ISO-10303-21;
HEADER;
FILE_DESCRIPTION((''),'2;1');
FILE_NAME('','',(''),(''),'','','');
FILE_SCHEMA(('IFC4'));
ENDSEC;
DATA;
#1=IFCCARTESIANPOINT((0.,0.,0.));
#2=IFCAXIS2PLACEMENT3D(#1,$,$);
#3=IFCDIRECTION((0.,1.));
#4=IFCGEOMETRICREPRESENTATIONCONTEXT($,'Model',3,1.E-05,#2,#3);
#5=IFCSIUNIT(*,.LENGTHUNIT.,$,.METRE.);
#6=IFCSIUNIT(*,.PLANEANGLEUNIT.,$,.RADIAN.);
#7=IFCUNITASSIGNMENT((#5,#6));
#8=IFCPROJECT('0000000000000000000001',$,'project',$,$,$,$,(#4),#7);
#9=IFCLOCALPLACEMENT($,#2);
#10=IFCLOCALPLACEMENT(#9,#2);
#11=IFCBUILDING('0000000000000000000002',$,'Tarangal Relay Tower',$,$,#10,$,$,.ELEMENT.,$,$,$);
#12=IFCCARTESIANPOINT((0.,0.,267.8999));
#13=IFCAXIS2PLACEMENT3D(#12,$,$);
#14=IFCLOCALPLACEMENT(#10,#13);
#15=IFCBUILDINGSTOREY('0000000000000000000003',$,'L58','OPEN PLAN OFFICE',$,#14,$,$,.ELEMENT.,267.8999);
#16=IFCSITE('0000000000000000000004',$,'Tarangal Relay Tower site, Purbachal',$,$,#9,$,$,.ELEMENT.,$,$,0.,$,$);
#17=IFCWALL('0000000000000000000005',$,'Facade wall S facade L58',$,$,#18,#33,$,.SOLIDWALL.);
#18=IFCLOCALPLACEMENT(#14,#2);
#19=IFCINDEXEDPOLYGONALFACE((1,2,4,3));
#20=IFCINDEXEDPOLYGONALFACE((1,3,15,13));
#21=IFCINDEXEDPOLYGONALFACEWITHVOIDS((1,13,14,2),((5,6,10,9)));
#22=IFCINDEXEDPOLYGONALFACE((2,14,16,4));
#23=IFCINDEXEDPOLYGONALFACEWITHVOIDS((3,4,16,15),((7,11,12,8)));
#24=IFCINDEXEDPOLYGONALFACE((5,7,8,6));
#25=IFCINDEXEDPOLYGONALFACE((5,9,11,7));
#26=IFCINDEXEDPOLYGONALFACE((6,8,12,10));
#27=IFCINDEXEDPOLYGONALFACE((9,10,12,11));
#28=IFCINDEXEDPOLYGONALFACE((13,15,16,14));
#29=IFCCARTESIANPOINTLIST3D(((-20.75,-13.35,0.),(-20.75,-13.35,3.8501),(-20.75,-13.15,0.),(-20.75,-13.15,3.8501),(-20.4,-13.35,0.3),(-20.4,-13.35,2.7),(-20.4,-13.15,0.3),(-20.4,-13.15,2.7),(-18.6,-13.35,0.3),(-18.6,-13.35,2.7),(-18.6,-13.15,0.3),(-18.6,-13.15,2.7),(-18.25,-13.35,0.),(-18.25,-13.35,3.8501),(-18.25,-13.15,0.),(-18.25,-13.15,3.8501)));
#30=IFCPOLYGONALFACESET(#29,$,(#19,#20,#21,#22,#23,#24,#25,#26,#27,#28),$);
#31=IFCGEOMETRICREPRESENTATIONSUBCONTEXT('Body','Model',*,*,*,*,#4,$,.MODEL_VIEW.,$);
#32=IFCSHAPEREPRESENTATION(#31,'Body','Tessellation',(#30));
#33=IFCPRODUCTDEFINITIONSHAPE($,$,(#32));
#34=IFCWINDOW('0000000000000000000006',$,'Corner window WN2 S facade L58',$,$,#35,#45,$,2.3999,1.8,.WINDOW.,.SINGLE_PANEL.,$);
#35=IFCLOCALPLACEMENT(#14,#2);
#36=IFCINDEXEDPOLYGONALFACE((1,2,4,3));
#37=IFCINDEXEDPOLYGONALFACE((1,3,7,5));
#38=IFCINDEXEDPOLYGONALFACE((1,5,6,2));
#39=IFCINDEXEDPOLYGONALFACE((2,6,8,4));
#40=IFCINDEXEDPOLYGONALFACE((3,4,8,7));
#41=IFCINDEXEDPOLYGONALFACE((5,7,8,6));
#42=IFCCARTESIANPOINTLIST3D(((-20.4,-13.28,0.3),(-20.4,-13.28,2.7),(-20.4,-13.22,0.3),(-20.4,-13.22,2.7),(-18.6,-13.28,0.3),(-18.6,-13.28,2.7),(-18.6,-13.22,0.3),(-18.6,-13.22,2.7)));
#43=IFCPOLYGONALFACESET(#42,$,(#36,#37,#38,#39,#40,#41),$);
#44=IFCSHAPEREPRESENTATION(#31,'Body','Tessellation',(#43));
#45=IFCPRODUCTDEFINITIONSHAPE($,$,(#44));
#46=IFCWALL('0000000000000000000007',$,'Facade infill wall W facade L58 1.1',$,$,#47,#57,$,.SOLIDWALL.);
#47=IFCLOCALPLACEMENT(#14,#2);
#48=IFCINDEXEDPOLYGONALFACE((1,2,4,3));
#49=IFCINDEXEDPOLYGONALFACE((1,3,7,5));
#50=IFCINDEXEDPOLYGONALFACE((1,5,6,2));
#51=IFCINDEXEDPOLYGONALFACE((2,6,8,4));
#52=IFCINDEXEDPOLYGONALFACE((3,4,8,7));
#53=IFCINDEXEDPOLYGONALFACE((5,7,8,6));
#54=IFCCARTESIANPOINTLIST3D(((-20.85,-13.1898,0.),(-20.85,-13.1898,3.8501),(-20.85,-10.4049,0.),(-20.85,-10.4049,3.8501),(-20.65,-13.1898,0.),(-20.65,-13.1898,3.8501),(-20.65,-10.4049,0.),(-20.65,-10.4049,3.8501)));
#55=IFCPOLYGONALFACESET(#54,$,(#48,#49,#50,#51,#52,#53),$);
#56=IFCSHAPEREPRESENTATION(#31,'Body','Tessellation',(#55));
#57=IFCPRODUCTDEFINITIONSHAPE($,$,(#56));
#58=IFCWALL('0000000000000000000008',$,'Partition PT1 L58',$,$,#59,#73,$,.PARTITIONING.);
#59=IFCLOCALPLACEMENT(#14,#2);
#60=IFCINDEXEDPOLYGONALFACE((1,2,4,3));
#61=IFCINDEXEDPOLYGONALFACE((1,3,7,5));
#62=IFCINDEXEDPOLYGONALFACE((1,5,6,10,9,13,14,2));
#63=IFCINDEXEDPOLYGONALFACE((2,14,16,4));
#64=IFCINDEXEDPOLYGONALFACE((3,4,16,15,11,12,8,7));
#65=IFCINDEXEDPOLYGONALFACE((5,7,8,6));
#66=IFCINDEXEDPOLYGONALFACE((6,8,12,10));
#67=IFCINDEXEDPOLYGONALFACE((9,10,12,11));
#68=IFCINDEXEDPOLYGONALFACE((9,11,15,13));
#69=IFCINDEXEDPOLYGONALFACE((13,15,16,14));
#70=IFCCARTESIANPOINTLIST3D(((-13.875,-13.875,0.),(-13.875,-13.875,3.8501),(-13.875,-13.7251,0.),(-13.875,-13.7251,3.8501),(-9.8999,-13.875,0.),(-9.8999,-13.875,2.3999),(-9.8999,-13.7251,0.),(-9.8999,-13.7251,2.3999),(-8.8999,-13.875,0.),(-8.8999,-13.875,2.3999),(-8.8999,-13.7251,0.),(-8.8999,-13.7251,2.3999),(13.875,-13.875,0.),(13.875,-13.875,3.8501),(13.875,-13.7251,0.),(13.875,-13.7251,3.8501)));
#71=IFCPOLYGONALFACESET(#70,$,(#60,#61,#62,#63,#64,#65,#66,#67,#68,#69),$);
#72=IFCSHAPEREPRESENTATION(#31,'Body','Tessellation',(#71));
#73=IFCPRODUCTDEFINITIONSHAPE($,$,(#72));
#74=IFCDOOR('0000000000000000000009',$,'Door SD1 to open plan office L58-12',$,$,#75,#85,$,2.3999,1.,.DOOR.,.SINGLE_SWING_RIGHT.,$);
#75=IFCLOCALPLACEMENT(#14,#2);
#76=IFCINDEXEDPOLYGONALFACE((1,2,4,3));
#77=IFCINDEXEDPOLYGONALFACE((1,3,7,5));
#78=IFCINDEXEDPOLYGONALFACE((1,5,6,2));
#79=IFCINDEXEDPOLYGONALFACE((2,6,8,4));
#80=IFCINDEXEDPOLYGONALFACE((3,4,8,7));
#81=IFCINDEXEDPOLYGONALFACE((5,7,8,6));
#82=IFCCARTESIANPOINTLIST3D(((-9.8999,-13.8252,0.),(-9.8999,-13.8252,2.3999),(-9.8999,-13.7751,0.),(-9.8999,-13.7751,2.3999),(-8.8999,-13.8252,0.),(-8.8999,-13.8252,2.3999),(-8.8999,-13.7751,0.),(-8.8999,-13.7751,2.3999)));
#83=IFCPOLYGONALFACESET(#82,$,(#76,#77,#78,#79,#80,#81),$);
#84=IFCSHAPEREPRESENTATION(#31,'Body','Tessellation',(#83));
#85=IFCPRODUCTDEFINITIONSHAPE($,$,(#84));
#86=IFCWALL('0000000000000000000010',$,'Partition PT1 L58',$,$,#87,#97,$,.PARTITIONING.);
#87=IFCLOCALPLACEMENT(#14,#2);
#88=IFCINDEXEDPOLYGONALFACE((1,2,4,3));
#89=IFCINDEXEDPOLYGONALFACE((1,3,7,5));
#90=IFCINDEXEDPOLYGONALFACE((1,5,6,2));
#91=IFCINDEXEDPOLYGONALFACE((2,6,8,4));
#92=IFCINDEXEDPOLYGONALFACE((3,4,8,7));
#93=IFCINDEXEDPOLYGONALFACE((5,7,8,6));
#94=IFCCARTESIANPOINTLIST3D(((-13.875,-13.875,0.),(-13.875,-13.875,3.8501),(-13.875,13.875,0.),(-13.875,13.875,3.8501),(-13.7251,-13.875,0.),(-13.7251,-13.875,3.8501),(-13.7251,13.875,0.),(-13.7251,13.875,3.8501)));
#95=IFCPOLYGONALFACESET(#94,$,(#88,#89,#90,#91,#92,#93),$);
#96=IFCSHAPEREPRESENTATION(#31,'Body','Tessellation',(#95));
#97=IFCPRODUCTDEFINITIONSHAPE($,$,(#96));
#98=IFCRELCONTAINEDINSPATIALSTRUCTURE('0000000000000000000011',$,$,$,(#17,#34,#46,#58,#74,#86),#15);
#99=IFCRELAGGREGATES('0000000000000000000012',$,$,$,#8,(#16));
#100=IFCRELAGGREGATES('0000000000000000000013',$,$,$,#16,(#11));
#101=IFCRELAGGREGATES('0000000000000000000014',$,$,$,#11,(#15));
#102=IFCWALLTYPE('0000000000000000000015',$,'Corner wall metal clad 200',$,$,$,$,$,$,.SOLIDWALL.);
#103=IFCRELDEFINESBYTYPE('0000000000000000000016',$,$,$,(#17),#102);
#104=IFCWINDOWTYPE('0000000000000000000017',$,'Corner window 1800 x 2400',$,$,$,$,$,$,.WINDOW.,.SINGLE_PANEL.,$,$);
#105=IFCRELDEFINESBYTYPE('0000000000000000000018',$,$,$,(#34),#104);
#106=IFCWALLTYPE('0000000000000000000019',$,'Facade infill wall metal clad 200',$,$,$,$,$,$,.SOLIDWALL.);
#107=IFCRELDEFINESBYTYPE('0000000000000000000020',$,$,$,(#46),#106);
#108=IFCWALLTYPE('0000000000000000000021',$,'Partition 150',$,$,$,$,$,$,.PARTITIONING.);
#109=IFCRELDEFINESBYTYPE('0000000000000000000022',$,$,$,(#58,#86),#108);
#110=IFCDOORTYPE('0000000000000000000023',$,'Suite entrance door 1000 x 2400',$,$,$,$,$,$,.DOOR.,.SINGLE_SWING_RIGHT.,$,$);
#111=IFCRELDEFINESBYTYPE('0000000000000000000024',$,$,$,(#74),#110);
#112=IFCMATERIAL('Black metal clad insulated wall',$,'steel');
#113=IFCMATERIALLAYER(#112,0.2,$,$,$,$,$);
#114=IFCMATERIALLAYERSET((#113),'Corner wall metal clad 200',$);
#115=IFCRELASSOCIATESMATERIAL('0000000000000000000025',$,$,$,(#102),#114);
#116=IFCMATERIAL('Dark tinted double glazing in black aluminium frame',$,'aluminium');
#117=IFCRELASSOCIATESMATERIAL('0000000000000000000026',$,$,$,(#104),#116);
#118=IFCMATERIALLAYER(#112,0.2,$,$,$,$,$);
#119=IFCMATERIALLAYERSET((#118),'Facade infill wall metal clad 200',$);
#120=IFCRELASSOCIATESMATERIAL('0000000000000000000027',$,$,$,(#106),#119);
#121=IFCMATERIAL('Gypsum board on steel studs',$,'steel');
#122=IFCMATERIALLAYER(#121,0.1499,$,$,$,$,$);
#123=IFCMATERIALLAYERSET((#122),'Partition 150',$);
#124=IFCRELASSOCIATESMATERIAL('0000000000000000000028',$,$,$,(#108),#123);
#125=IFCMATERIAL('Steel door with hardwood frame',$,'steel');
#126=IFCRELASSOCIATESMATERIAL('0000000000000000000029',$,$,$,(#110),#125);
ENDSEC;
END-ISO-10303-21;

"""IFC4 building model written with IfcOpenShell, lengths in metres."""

from ifc_helpers import new_model, si_unit, direction, frame, frame_2d, origin, place, context, subcontext, project, spatial, rectangle, extrude, material, layer, layer_set, type_object, element, fill, save


model = new_model("IFC4")

# Units and contexts
model_context = context("Model", 3, precision=1e-05, world=origin(), true_north=direction((0.0, 1.0)))
body_context = subcontext(model_context, "Body", "Model", "MODEL_VIEW")
ifc_project = project(units=[si_unit("LENGTHUNIT", "METRE"), si_unit("PLANEANGLEUNIT", "RADIAN")], contexts=[model_context])

# Site, building, storey
site_placement = place(None, origin())
site = spatial("IfcSite", under=ifc_project, at=site_placement, Name="Tarangal Relay Tower site, Purbachal", CompositionType="ELEMENT", RefElevation=0.0)
building_placement = place(site_placement, origin())
building = spatial("IfcBuilding", under=site, at=building_placement, Name="Tarangal Relay Tower", CompositionType="ELEMENT")
storey_placement = place(building_placement, frame((0.0, 0.0, 267.8999)))
storey = spatial("IfcBuildingStorey", under=building, at=storey_placement, Name="L58", Description="OPEN PLAN OFFICE", CompositionType="ELEMENT", Elevation=267.8999)

# Shared definitions
ifc_material_1 = material(Name="Steel door with hardwood frame", Category="steel")

# Shared definitions
ifc_material_2 = material(Name="Black metal clad insulated wall", Category="steel")
ifc_layer_1 = layer(ifc_material_2, 0.2)
ifc_layer_set_1 = layer_set([ifc_layer_1], Name="Corner wall metal clad 200")
wall_type_1 = type_object("IfcWallType", Name="Corner wall metal clad 200", PredefinedType="SOLIDWALL", material=ifc_layer_set_1)

# Shared definitions
ifc_material_3 = material(Name="Dark tinted double glazing in black aluminium frame", Category="aluminium")
window_type = type_object("IfcWindowType", Name="Corner window 1800 x 2400", PartitioningType="SINGLE_PANEL", PredefinedType="WINDOW", material=ifc_material_3)

# Wall, opening, window
wall_1_placement = place(storey_placement, frame((-18.25, -13.25, 0.0), z_axis=(0.0, 0.0, 1.0), x_axis=(-1.0, 0.0, 0.0)))
wall_1 = element("IfcWall", 1, at=wall_1_placement, inside=storey, type_object=wall_type_1, Name="Facade wall S facade L58", PredefinedType="SOLIDWALL", context=body_context, shape_type="SweptSolid", body=[
    extrude(rectangle(XDim=2.5, YDim=0.2, at=frame_2d((1.25, 0.0))), origin(), (0.0, 0.0, 1.0), 3.8501),
])
opening_1_placement = place(wall_1_placement, frame((0.3501, 0.0, 0.3)))
opening_1 = element("IfcOpeningElement", 2, at=opening_1_placement, cuts=wall_1, PredefinedType="OPENING", context=body_context, shape_type="SweptSolid", body=[
    extrude(rectangle(XDim=1.8, YDim=2.3999, at=frame_2d((0.8999, 1.2))), frame((0.0, 0.1099, 0.0), z_axis=(0.0, -1.0, 0.0), x_axis=(1.0, 0.0, 0.0)), (0.0, 0.0, 1.0), 0.22),
])
window_1_placement = place(opening_1_placement, origin())
window_1 = element("IfcWindow", 3, at=window_1_placement, inside=storey, type_object=window_type, Name="Corner window WN2 S facade L58", OverallHeight=2.3999, OverallWidth=1.8, PartitioningType="SINGLE_PANEL", PredefinedType="WINDOW", context=body_context, shape_type="SweptSolid", body=[
    extrude(rectangle(XDim=1.8, YDim=2.3999, at=frame_2d((0.8999, 1.2))), frame((0.0, 0.03, 0.0), z_axis=(0.0, -1.0, 0.0), x_axis=(1.0, 0.0, 0.0)), (0.0, 0.0, 1.0), 0.0601),
])
fill(opening_1, window_1)

# Wall
ifc_layer_2 = layer(ifc_material_2, 0.2)
ifc_layer_set_2 = layer_set([ifc_layer_2], Name="Facade infill wall metal clad 200")
wall_type_2 = type_object("IfcWallType", Name="Facade infill wall metal clad 200", PredefinedType="SOLIDWALL", material=ifc_layer_set_2)
wall_2_placement = place(storey_placement, frame((-20.75, -13.1899, 0.0), z_axis=(0.0, 0.0, 1.0), x_axis=(0.0, 1.0, 0.0)))
element("IfcWall", 4, at=wall_2_placement, inside=storey, type_object=wall_type_2, Name="Facade infill wall W facade L58 1.1", PredefinedType="SOLIDWALL", context=body_context, shape_type="SweptSolid", body=[
    extrude(rectangle(XDim=2.7849, YDim=0.2, at=frame_2d((1.3926, 0.0))), origin(), (0.0, 0.0, 1.0), 3.8501),
])

# Wall, opening, door
ifc_material_4 = material(Name="Gypsum board on steel studs", Category="steel")
ifc_layer_3 = layer(ifc_material_4, 0.1499)
ifc_layer_set_3 = layer_set([ifc_layer_3], Name="Partition 150")
wall_type_3 = type_object("IfcWallType", Name="Partition 150", PredefinedType="PARTITIONING", material=ifc_layer_set_3)
wall_3_placement = place(storey_placement, frame((-13.875, -13.8, 0.0), z_axis=(0.0, 0.0, 1.0), x_axis=(1.0, 0.0, 0.0)))
wall_3 = element("IfcWall", 5, at=wall_3_placement, inside=storey, type_object=wall_type_3, Name="Partition PT1 L58", PredefinedType="PARTITIONING", context=body_context, shape_type="SweptSolid", body=[
    extrude(rectangle(XDim=27.75, YDim=0.1499, at=frame_2d((13.875, 0.0))), origin(), (0.0, 0.0, 1.0), 3.8501),
])
opening_2_placement = place(wall_3_placement, frame((3.9751, 0.0, 0.0)))
opening_2 = element("IfcOpeningElement", 6, at=opening_2_placement, cuts=wall_3, PredefinedType="OPENING", context=body_context, shape_type="SweptSolid", body=[
    extrude(rectangle(XDim=1.0, YDim=2.3999, at=frame_2d((0.5, 1.2))), frame((0.0, 0.085, 0.0), z_axis=(0.0, -1.0, 0.0), x_axis=(1.0, 0.0, 0.0)), (0.0, 0.0, 1.0), 0.1699),
])
door_type_1 = type_object("IfcDoorType", Name="Suite entrance door 1000 x 2400", OperationType="SINGLE_SWING_RIGHT", PredefinedType="DOOR", material=ifc_material_1)
door_1_placement = place(opening_2_placement, origin())
door_1 = element("IfcDoor", 7, at=door_1_placement, inside=storey, type_object=door_type_1, Name="Door SD1 to open plan office L58-12", OperationType="SINGLE_SWING_RIGHT", OverallHeight=2.3999, OverallWidth=1.0, PredefinedType="DOOR", context=body_context, shape_type="SweptSolid", body=[
    extrude(rectangle(XDim=1.0, YDim=2.3999, at=frame_2d((0.5, 1.2))), frame((0.0, 0.0249, 0.0), z_axis=(0.0, -1.0, 0.0), x_axis=(1.0, 0.0, 0.0)), (0.0, 0.0, 1.0), 0.05),
])
fill(opening_2, door_1)

# Wall
wall_4_placement = place(storey_placement, frame((-13.8, -13.875, 0.0), z_axis=(0.0, 0.0, 1.0), x_axis=(0.0, 1.0, 0.0)))
element("IfcWall", 8, at=wall_4_placement, inside=storey, type_object=wall_type_3, Name="Partition PT1 L58", PredefinedType="PARTITIONING", context=body_context, shape_type="SweptSolid", body=[
    extrude(rectangle(XDim=27.75, YDim=0.1499, at=frame_2d((13.875, 0.0))), origin(), (0.0, 0.0, 1.0), 3.8501),
])

save(model, "model.ifc")
